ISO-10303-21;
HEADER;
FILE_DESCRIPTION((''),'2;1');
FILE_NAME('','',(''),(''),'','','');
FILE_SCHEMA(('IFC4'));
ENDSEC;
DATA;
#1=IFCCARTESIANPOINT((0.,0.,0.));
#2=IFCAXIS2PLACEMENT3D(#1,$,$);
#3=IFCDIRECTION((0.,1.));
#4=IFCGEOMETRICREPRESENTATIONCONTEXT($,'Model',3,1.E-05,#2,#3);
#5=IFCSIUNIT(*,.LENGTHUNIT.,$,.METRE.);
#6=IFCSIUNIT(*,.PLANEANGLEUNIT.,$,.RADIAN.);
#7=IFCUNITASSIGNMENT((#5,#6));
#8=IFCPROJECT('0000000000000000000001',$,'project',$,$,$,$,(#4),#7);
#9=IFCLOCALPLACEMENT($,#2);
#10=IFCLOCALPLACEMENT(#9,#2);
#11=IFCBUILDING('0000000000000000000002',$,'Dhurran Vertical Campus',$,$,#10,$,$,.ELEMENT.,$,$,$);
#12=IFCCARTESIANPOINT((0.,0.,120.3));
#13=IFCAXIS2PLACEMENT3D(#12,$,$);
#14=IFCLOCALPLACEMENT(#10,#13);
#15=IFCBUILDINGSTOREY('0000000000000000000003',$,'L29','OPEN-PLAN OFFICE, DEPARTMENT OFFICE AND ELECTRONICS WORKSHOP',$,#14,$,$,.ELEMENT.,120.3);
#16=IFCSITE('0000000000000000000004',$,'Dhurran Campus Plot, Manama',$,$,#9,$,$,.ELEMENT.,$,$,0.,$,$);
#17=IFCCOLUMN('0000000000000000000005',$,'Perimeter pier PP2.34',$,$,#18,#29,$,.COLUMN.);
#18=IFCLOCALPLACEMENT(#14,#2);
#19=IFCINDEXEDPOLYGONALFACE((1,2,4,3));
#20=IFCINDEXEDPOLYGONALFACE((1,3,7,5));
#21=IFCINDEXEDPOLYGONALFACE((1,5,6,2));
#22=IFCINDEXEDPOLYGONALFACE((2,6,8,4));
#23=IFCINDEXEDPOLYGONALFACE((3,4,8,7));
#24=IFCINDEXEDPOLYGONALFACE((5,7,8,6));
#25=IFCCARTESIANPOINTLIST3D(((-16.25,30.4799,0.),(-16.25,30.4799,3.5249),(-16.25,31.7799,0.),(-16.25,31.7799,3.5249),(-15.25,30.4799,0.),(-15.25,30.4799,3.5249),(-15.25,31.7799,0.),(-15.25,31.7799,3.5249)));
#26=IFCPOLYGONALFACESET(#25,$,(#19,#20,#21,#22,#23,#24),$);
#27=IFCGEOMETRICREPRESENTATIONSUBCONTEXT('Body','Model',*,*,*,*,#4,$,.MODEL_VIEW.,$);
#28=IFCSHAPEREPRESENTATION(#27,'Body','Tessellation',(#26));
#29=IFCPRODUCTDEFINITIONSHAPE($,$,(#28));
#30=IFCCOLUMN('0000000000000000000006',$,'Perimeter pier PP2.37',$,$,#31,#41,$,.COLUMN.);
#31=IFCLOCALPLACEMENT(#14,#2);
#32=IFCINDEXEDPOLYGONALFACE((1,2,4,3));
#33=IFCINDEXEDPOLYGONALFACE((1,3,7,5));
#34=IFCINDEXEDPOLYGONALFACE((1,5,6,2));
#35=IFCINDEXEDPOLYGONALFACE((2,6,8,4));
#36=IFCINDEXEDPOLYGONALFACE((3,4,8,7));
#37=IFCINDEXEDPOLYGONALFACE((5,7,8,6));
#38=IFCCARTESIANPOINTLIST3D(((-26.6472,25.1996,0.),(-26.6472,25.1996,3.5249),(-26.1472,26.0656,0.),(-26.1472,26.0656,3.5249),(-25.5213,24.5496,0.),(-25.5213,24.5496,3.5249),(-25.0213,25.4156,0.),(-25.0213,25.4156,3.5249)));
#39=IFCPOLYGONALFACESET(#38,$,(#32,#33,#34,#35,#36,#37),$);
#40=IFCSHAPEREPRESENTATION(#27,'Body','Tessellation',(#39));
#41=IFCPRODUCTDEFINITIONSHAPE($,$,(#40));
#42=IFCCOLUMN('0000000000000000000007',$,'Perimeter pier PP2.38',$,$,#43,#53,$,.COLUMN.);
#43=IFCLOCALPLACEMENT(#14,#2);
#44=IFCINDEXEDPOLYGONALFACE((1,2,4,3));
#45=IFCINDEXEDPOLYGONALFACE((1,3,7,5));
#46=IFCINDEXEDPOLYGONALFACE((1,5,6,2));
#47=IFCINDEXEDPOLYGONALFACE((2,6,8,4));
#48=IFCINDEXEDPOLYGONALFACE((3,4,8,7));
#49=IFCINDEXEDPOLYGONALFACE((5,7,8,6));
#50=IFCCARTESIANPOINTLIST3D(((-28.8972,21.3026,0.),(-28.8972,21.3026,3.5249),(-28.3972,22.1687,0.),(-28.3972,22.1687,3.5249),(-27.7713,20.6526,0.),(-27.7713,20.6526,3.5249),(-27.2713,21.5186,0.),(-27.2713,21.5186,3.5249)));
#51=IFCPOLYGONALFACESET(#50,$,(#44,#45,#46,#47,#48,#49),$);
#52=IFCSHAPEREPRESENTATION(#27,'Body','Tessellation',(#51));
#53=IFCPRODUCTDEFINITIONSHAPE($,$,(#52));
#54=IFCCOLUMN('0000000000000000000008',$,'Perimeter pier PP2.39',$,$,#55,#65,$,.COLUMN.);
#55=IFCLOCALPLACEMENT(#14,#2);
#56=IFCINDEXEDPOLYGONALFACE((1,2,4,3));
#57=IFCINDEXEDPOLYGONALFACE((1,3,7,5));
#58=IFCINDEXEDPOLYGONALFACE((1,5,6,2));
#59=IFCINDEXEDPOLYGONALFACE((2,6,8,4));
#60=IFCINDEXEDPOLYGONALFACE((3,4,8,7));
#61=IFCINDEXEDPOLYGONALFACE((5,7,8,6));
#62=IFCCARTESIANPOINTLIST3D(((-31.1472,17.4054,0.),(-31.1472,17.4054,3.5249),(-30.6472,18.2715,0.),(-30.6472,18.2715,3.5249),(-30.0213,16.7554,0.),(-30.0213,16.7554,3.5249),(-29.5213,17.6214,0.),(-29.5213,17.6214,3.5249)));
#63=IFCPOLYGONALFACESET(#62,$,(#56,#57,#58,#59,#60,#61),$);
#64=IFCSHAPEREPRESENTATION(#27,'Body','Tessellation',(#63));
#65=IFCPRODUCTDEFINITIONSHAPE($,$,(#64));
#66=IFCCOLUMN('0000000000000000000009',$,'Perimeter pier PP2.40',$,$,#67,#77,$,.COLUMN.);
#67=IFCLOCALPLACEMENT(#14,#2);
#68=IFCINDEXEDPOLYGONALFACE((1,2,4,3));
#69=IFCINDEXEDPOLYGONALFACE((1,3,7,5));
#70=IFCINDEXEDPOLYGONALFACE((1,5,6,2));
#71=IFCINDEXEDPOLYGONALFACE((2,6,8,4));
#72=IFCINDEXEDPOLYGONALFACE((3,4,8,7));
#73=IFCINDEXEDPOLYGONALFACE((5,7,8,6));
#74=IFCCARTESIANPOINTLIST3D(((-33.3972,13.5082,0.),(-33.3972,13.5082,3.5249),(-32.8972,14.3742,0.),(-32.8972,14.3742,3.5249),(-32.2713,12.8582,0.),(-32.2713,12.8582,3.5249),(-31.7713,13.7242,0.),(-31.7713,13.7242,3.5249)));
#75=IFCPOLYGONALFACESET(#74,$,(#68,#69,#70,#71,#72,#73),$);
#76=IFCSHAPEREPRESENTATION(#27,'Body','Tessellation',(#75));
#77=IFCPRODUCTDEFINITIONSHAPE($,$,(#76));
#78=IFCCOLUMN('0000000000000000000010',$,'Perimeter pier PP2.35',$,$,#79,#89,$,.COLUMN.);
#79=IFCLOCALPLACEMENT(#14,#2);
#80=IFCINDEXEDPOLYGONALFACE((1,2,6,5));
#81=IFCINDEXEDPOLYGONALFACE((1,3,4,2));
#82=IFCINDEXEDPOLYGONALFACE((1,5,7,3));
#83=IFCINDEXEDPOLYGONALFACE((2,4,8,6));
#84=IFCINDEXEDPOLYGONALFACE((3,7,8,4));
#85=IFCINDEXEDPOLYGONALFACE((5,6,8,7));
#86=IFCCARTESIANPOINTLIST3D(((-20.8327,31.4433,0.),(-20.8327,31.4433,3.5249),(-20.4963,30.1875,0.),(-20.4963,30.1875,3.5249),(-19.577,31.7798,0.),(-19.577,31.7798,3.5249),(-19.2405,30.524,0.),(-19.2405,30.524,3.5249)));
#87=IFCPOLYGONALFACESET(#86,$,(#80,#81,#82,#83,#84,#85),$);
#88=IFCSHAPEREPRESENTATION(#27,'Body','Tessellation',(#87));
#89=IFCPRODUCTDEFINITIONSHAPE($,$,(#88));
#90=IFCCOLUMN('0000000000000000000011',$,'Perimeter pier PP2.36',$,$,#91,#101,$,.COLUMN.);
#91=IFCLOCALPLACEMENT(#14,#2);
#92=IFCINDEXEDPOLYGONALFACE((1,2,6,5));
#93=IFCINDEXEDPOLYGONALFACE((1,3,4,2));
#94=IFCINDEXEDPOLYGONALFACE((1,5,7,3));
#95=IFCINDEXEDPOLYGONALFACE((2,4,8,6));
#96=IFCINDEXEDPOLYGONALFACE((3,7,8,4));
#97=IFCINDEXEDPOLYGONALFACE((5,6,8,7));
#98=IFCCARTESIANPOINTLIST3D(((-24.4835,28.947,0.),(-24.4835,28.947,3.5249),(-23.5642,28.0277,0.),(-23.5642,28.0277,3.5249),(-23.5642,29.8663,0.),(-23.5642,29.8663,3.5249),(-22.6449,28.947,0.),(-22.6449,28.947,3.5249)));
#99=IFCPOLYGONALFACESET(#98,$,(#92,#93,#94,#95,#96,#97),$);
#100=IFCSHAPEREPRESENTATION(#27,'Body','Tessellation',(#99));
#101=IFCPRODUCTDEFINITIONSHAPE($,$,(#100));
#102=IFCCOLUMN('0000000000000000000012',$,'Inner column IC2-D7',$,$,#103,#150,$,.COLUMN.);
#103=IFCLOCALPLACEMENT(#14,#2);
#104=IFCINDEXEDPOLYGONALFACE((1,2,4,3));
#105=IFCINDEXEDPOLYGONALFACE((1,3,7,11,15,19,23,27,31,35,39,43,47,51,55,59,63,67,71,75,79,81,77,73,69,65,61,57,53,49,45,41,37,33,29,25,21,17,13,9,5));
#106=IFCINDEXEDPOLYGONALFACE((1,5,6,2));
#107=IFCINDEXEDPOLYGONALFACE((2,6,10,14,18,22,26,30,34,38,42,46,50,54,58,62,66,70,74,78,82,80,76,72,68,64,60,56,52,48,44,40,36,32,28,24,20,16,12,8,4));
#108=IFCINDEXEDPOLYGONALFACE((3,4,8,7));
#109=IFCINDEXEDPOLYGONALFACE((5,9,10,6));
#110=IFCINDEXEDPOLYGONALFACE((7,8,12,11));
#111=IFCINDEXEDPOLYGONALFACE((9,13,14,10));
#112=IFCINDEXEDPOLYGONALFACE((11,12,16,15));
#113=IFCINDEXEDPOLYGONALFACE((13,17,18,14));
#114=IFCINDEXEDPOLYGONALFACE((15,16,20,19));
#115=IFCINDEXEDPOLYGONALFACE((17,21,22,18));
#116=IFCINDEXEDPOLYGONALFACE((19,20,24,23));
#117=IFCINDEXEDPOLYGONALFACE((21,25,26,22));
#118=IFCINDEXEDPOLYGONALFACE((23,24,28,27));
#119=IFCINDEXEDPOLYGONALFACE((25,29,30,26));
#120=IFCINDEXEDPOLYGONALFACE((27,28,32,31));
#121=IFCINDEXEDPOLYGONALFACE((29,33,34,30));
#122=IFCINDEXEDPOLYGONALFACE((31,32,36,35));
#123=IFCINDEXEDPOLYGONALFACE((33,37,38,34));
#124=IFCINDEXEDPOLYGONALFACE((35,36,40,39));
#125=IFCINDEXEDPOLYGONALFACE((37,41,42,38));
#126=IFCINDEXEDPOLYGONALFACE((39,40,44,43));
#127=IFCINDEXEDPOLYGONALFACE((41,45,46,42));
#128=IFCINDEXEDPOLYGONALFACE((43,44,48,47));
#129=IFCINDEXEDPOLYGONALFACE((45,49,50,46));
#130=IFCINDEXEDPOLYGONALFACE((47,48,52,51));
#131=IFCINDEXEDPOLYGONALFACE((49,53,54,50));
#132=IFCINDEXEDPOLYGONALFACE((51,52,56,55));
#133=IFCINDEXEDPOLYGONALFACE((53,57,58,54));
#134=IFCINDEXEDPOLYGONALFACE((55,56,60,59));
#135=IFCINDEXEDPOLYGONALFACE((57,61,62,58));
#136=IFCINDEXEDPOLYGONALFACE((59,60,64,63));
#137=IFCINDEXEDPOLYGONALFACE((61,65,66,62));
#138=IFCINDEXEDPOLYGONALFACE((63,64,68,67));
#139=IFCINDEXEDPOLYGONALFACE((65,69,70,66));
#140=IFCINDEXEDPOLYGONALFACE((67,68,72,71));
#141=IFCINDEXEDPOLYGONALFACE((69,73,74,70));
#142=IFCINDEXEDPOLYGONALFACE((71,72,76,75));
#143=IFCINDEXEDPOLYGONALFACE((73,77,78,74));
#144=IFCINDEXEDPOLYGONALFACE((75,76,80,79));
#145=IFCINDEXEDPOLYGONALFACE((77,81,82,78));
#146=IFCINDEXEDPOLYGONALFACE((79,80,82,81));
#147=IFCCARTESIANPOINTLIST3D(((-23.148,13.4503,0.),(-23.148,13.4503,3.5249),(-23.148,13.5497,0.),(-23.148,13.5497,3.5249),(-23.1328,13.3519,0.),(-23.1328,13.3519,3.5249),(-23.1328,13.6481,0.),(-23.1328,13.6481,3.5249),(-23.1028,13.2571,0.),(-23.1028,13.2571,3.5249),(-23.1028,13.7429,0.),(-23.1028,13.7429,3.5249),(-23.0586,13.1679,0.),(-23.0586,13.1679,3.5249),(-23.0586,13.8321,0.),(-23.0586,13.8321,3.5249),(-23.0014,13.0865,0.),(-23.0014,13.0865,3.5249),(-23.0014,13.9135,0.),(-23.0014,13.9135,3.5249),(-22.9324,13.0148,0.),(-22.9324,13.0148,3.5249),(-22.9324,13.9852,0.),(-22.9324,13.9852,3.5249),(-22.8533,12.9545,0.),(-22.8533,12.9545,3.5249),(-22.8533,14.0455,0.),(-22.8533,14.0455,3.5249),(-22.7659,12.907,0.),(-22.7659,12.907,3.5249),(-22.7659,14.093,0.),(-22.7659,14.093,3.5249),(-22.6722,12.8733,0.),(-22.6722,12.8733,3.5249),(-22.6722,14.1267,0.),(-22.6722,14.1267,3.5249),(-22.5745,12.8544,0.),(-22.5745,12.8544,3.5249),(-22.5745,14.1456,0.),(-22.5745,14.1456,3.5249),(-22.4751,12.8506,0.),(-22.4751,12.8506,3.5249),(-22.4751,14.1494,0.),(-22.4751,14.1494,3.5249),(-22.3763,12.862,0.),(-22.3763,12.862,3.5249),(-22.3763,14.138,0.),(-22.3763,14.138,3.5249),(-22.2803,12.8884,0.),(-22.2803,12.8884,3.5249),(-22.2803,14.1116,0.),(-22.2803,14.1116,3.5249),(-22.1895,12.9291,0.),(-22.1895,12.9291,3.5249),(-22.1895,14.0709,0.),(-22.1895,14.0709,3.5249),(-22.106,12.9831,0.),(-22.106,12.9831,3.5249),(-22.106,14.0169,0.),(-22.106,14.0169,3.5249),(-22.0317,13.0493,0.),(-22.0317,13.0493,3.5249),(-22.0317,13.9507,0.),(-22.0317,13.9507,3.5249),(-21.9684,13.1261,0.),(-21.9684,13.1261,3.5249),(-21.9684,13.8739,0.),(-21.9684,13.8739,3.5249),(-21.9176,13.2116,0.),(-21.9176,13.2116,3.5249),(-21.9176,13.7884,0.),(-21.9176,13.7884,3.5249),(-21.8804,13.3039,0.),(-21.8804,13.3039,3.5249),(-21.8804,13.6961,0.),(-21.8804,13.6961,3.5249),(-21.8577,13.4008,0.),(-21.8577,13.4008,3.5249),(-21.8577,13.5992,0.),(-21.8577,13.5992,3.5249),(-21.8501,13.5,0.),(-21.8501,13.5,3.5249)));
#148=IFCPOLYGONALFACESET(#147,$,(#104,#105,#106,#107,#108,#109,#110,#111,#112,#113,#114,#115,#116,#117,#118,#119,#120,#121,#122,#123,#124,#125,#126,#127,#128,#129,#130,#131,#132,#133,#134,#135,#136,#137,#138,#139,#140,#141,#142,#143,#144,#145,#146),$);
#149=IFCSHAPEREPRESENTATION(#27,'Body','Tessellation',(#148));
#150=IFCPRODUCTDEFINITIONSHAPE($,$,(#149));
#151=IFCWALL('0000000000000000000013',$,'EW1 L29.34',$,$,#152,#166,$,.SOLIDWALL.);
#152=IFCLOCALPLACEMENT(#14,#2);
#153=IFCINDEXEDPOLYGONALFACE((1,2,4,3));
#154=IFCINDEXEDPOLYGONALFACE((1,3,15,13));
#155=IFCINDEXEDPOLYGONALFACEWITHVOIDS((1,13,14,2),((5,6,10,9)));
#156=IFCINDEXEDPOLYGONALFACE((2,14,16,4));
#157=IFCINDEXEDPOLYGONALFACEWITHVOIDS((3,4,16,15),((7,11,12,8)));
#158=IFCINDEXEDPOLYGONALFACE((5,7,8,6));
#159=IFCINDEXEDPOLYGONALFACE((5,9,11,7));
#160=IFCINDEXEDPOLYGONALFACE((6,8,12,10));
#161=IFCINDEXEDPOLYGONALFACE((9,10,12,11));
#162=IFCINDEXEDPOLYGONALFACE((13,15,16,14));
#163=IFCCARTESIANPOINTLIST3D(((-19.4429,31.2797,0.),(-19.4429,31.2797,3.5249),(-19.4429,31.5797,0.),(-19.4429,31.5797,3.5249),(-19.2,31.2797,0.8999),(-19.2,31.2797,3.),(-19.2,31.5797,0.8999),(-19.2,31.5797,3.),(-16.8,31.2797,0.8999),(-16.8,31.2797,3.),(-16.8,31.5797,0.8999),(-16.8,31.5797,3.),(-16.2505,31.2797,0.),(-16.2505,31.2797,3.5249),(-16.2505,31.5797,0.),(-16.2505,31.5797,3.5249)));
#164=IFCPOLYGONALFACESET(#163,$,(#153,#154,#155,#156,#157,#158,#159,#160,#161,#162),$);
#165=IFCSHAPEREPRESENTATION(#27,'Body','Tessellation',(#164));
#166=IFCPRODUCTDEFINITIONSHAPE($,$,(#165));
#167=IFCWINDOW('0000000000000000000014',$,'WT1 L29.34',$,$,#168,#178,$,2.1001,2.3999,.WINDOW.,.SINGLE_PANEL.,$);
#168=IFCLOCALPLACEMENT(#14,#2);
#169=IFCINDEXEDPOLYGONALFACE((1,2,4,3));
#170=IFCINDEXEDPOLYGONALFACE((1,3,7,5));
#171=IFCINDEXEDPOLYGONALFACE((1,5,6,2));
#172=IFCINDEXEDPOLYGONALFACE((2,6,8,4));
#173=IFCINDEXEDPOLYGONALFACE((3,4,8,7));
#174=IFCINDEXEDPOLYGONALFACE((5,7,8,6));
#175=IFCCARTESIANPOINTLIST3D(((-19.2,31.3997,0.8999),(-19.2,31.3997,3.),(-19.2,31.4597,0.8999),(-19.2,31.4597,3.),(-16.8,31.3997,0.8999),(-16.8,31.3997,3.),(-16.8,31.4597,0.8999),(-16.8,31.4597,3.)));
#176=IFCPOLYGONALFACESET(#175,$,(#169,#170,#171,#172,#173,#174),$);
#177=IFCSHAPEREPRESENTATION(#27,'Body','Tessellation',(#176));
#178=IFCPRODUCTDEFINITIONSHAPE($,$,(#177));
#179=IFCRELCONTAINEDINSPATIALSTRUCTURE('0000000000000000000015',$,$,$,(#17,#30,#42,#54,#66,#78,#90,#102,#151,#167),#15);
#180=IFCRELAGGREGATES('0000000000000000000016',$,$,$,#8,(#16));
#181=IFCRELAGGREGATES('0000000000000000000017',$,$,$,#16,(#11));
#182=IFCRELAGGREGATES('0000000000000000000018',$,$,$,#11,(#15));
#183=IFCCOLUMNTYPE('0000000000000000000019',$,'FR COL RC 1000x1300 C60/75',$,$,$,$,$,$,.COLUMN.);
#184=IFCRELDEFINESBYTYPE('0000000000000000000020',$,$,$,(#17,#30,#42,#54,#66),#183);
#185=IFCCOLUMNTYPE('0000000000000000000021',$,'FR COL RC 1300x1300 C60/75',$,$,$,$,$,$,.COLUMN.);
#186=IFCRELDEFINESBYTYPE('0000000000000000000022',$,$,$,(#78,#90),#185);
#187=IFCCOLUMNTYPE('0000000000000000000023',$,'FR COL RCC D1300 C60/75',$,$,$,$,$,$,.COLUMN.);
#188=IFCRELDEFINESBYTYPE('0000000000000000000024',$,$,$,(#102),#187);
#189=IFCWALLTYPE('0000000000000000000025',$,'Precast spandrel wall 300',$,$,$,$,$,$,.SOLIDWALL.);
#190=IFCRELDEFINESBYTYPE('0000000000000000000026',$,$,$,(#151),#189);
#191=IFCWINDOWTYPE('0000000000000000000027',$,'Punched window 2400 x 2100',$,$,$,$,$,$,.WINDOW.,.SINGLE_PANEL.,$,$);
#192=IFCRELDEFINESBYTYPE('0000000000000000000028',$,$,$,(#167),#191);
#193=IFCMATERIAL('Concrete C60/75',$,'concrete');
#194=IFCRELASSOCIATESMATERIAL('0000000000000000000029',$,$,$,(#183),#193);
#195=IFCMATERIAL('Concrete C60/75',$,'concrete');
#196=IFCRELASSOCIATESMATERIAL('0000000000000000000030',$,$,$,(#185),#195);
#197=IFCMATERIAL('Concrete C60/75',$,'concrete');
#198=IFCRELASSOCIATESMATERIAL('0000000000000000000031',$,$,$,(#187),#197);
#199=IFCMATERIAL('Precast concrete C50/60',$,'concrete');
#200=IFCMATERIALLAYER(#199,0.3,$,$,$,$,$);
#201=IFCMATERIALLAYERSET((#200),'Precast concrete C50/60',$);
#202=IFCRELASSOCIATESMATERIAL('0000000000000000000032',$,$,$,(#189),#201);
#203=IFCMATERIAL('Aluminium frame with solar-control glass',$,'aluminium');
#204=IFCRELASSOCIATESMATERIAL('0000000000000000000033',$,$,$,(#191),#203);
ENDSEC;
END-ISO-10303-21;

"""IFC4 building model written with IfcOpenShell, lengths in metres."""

from ifc_helpers import new_model, si_unit, direction, frame, frame_2d, origin, origin_2d, place, context, subcontext, project, spatial, rectangle, circle, extrude, material, layer, layer_set, material_profile, profile_set, type_object, element, fill, save


model = new_model("IFC4")

# Units and contexts
model_context = context("Model", 3, precision=1e-05, world=origin(), true_north=direction((0.0, 1.0)))
body_context = subcontext(model_context, "Body", "Model", "MODEL_VIEW")
ifc_project = project(units=[si_unit("LENGTHUNIT", "METRE"), si_unit("PLANEANGLEUNIT", "RADIAN")], contexts=[model_context])

# Site, building, storey
site_placement = place(None, origin())
site = spatial("IfcSite", under=ifc_project, at=site_placement, Name="Dhurran Campus Plot, Manama", CompositionType="ELEMENT", RefElevation=0.0)
building_placement = place(site_placement, origin())
building = spatial("IfcBuilding", under=site, at=building_placement, Name="Dhurran Vertical Campus", CompositionType="ELEMENT")
storey_placement = place(building_placement, frame((0.0, 0.0, 120.3)))
storey = spatial("IfcBuildingStorey", under=building, at=storey_placement, Name="L29", Description="OPEN-PLAN OFFICE, DEPARTMENT OFFICE AND ELECTRONICS WORKSHOP", CompositionType="ELEMENT", Elevation=120.3)

# Columns
ifc_material_1 = material(Name="Concrete C60/75", Category="concrete")
ifc_material_profile_1 = material_profile(ifc_material_1, rectangle(XDim=1.0, YDim=1.3, at=origin_2d()), Name="RC 1000x1300")
ifc_profile_set_1 = profile_set([ifc_material_profile_1], Name="Concrete C60/75")
column_type_1 = type_object("IfcColumnType", Name="FR COL RC 1000x1300 C60/75", PredefinedType="COLUMN", material=ifc_profile_set_1)
for number, where, z_axis, x_axis, name in (
    (1, (-15.75, 31.1299, 0.0), (0.0, 0.0, 1.0), (-1.0, 0.0, 0.0), "Perimeter pier PP2.34"),
    (2, (-25.8342, 25.3076, 0.0), (0.0, 0.0, 1.0), (-0.5, -0.866025, 0.0), "Perimeter pier PP2.37"),
    (3, (-28.0842, 21.4106, 0.0), (0.0, 0.0, 1.0), (-0.5, -0.866025, 0.0), "Perimeter pier PP2.38"),
    (4, (-30.3342, 17.5134, 0.0), (0.0, 0.0, 1.0), (-0.5, -0.866025, 0.0), "Perimeter pier PP2.39"),
    (5, (-32.5842, 13.6162, 0.0), (0.0, 0.0, 1.0), (-0.5, -0.866025, 0.0), "Perimeter pier PP2.40"),
):
    element("IfcColumn", number, at=place(storey_placement, frame(where, z_axis=z_axis, x_axis=x_axis)), inside=storey, type_object=column_type_1, Name=name, PredefinedType="COLUMN", context=body_context, shape_type="SweptSolid", body=[
        extrude(rectangle(XDim=1.0, YDim=1.3, at=origin_2d()), origin(), (0.0, 0.0, 1.0), 3.5249),
    ])
ifc_material_2 = material(Name="Concrete C60/75", Category="concrete")
ifc_material_profile_2 = material_profile(ifc_material_2, rectangle(XDim=1.3, YDim=1.3, at=origin_2d()), Name="RC 1300x1300")
ifc_profile_set_2 = profile_set([ifc_material_profile_2], Name="Concrete C60/75")
column_type_2 = type_object("IfcColumnType", Name="FR COL RC 1300x1300 C60/75", PredefinedType="COLUMN", material=ifc_profile_set_2)
for number, where, z_axis, x_axis, name in (
    (6, (-20.0366, 30.9836, 0.0), (0.0, 0.0, 1.0), (-0.965926, -0.258819, 0.0), "Perimeter pier PP2.35"),
    (7, (-23.5642, 28.947, 0.0), (0.0, 0.0, 1.0), (-0.707107, -0.707107, 0.0), "Perimeter pier PP2.36"),
):
    element("IfcColumn", number, at=place(storey_placement, frame(where, z_axis=z_axis, x_axis=x_axis)), inside=storey, type_object=column_type_2, Name=name, PredefinedType="COLUMN", context=body_context, shape_type="SweptSolid", body=[
        extrude(rectangle(XDim=1.3, YDim=1.3, at=origin_2d()), origin(), (0.0, 0.0, 1.0), 3.5249),
    ])
ifc_material_3 = material(Name="Concrete C60/75", Category="concrete")
ifc_material_profile_3 = material_profile(ifc_material_3, circle(Radius=0.6499, at=origin_2d()), Name="RCC D1300")
ifc_profile_set_3 = profile_set([ifc_material_profile_3], Name="Concrete C60/75")
column_type_3 = type_object("IfcColumnType", Name="FR COL RCC D1300 C60/75", PredefinedType="COLUMN", material=ifc_profile_set_3)
column_placement = place(storey_placement, frame((-22.5, 13.5, 0.0), z_axis=(0.0, 0.0, 1.0), x_axis=(1.0, 0.0, 0.0)))
element("IfcColumn", 8, at=column_placement, inside=storey, type_object=column_type_3, Name="Inner column IC2-D7", PredefinedType="COLUMN", context=body_context, shape_type="SweptSolid", body=[
    extrude(circle(Radius=0.6499, at=origin_2d()), origin(), (0.0, 0.0, 1.0), 3.5249),
])

# Wall, opening, window
ifc_material_4 = material(Name="Precast concrete C50/60", Category="concrete")
ifc_layer_1 = layer(ifc_material_4, 0.3)
ifc_layer_set_1 = layer_set([ifc_layer_1], Name="Precast concrete C50/60")
wall_type_1 = type_object("IfcWallType", Name="Precast spandrel wall 300", PredefinedType="SOLIDWALL", material=ifc_layer_set_1)
wall_1_placement = place(storey_placement, frame((-16.2505, 31.4297, 0.0), z_axis=(0.0, 0.0, 1.0), x_axis=(-1.0, 0.0, 0.0)))
wall_1 = element("IfcWall", 9, at=wall_1_placement, inside=storey, type_object=wall_type_1, Name="EW1 L29.34", PredefinedType="SOLIDWALL", context=body_context, shape_type="SweptSolid", body=[
    extrude(rectangle(XDim=3.1924, YDim=0.3, at=frame_2d((1.5962, 0.0))), origin(), (0.0, 0.0, 1.0), 3.5249),
])
opening_1_placement = place(wall_1_placement, frame((0.5496, 0.0, 0.8999)))
opening_1 = element("IfcOpeningElement", 10, at=opening_1_placement, cuts=wall_1, PredefinedType="OPENING", context=body_context, shape_type="SweptSolid", body=[
    extrude(rectangle(XDim=2.3999, YDim=2.1001, at=frame_2d((1.2, 1.05))), frame((0.0, 0.1599, 0.0), z_axis=(0.0, -1.0, 0.0), x_axis=(1.0, 0.0, 0.0)), (0.0, 0.0, 1.0), 0.3201),
])
ifc_material_5 = material(Name="Aluminium frame with solar-control glass", Category="aluminium")
window_type = type_object("IfcWindowType", Name="Punched window 2400 x 2100", PartitioningType="SINGLE_PANEL", PredefinedType="WINDOW", material=ifc_material_5)
window_1_placement = place(opening_1_placement, origin())
window_1 = element("IfcWindow", 11, at=window_1_placement, inside=storey, type_object=window_type, Name="WT1 L29.34", OverallHeight=2.1001, OverallWidth=2.3999, PartitioningType="SINGLE_PANEL", PredefinedType="WINDOW", context=body_context, shape_type="SweptSolid", body=[
    extrude(rectangle(XDim=2.3999, YDim=2.1001, at=frame_2d((1.2, 1.05))), frame((0.0, 0.03, 0.0), z_axis=(0.0, -1.0, 0.0), x_axis=(1.0, 0.0, 0.0)), (0.0, 0.0, 1.0), 0.0601),
])
fill(opening_1, window_1)

save(model, "model.ifc")
